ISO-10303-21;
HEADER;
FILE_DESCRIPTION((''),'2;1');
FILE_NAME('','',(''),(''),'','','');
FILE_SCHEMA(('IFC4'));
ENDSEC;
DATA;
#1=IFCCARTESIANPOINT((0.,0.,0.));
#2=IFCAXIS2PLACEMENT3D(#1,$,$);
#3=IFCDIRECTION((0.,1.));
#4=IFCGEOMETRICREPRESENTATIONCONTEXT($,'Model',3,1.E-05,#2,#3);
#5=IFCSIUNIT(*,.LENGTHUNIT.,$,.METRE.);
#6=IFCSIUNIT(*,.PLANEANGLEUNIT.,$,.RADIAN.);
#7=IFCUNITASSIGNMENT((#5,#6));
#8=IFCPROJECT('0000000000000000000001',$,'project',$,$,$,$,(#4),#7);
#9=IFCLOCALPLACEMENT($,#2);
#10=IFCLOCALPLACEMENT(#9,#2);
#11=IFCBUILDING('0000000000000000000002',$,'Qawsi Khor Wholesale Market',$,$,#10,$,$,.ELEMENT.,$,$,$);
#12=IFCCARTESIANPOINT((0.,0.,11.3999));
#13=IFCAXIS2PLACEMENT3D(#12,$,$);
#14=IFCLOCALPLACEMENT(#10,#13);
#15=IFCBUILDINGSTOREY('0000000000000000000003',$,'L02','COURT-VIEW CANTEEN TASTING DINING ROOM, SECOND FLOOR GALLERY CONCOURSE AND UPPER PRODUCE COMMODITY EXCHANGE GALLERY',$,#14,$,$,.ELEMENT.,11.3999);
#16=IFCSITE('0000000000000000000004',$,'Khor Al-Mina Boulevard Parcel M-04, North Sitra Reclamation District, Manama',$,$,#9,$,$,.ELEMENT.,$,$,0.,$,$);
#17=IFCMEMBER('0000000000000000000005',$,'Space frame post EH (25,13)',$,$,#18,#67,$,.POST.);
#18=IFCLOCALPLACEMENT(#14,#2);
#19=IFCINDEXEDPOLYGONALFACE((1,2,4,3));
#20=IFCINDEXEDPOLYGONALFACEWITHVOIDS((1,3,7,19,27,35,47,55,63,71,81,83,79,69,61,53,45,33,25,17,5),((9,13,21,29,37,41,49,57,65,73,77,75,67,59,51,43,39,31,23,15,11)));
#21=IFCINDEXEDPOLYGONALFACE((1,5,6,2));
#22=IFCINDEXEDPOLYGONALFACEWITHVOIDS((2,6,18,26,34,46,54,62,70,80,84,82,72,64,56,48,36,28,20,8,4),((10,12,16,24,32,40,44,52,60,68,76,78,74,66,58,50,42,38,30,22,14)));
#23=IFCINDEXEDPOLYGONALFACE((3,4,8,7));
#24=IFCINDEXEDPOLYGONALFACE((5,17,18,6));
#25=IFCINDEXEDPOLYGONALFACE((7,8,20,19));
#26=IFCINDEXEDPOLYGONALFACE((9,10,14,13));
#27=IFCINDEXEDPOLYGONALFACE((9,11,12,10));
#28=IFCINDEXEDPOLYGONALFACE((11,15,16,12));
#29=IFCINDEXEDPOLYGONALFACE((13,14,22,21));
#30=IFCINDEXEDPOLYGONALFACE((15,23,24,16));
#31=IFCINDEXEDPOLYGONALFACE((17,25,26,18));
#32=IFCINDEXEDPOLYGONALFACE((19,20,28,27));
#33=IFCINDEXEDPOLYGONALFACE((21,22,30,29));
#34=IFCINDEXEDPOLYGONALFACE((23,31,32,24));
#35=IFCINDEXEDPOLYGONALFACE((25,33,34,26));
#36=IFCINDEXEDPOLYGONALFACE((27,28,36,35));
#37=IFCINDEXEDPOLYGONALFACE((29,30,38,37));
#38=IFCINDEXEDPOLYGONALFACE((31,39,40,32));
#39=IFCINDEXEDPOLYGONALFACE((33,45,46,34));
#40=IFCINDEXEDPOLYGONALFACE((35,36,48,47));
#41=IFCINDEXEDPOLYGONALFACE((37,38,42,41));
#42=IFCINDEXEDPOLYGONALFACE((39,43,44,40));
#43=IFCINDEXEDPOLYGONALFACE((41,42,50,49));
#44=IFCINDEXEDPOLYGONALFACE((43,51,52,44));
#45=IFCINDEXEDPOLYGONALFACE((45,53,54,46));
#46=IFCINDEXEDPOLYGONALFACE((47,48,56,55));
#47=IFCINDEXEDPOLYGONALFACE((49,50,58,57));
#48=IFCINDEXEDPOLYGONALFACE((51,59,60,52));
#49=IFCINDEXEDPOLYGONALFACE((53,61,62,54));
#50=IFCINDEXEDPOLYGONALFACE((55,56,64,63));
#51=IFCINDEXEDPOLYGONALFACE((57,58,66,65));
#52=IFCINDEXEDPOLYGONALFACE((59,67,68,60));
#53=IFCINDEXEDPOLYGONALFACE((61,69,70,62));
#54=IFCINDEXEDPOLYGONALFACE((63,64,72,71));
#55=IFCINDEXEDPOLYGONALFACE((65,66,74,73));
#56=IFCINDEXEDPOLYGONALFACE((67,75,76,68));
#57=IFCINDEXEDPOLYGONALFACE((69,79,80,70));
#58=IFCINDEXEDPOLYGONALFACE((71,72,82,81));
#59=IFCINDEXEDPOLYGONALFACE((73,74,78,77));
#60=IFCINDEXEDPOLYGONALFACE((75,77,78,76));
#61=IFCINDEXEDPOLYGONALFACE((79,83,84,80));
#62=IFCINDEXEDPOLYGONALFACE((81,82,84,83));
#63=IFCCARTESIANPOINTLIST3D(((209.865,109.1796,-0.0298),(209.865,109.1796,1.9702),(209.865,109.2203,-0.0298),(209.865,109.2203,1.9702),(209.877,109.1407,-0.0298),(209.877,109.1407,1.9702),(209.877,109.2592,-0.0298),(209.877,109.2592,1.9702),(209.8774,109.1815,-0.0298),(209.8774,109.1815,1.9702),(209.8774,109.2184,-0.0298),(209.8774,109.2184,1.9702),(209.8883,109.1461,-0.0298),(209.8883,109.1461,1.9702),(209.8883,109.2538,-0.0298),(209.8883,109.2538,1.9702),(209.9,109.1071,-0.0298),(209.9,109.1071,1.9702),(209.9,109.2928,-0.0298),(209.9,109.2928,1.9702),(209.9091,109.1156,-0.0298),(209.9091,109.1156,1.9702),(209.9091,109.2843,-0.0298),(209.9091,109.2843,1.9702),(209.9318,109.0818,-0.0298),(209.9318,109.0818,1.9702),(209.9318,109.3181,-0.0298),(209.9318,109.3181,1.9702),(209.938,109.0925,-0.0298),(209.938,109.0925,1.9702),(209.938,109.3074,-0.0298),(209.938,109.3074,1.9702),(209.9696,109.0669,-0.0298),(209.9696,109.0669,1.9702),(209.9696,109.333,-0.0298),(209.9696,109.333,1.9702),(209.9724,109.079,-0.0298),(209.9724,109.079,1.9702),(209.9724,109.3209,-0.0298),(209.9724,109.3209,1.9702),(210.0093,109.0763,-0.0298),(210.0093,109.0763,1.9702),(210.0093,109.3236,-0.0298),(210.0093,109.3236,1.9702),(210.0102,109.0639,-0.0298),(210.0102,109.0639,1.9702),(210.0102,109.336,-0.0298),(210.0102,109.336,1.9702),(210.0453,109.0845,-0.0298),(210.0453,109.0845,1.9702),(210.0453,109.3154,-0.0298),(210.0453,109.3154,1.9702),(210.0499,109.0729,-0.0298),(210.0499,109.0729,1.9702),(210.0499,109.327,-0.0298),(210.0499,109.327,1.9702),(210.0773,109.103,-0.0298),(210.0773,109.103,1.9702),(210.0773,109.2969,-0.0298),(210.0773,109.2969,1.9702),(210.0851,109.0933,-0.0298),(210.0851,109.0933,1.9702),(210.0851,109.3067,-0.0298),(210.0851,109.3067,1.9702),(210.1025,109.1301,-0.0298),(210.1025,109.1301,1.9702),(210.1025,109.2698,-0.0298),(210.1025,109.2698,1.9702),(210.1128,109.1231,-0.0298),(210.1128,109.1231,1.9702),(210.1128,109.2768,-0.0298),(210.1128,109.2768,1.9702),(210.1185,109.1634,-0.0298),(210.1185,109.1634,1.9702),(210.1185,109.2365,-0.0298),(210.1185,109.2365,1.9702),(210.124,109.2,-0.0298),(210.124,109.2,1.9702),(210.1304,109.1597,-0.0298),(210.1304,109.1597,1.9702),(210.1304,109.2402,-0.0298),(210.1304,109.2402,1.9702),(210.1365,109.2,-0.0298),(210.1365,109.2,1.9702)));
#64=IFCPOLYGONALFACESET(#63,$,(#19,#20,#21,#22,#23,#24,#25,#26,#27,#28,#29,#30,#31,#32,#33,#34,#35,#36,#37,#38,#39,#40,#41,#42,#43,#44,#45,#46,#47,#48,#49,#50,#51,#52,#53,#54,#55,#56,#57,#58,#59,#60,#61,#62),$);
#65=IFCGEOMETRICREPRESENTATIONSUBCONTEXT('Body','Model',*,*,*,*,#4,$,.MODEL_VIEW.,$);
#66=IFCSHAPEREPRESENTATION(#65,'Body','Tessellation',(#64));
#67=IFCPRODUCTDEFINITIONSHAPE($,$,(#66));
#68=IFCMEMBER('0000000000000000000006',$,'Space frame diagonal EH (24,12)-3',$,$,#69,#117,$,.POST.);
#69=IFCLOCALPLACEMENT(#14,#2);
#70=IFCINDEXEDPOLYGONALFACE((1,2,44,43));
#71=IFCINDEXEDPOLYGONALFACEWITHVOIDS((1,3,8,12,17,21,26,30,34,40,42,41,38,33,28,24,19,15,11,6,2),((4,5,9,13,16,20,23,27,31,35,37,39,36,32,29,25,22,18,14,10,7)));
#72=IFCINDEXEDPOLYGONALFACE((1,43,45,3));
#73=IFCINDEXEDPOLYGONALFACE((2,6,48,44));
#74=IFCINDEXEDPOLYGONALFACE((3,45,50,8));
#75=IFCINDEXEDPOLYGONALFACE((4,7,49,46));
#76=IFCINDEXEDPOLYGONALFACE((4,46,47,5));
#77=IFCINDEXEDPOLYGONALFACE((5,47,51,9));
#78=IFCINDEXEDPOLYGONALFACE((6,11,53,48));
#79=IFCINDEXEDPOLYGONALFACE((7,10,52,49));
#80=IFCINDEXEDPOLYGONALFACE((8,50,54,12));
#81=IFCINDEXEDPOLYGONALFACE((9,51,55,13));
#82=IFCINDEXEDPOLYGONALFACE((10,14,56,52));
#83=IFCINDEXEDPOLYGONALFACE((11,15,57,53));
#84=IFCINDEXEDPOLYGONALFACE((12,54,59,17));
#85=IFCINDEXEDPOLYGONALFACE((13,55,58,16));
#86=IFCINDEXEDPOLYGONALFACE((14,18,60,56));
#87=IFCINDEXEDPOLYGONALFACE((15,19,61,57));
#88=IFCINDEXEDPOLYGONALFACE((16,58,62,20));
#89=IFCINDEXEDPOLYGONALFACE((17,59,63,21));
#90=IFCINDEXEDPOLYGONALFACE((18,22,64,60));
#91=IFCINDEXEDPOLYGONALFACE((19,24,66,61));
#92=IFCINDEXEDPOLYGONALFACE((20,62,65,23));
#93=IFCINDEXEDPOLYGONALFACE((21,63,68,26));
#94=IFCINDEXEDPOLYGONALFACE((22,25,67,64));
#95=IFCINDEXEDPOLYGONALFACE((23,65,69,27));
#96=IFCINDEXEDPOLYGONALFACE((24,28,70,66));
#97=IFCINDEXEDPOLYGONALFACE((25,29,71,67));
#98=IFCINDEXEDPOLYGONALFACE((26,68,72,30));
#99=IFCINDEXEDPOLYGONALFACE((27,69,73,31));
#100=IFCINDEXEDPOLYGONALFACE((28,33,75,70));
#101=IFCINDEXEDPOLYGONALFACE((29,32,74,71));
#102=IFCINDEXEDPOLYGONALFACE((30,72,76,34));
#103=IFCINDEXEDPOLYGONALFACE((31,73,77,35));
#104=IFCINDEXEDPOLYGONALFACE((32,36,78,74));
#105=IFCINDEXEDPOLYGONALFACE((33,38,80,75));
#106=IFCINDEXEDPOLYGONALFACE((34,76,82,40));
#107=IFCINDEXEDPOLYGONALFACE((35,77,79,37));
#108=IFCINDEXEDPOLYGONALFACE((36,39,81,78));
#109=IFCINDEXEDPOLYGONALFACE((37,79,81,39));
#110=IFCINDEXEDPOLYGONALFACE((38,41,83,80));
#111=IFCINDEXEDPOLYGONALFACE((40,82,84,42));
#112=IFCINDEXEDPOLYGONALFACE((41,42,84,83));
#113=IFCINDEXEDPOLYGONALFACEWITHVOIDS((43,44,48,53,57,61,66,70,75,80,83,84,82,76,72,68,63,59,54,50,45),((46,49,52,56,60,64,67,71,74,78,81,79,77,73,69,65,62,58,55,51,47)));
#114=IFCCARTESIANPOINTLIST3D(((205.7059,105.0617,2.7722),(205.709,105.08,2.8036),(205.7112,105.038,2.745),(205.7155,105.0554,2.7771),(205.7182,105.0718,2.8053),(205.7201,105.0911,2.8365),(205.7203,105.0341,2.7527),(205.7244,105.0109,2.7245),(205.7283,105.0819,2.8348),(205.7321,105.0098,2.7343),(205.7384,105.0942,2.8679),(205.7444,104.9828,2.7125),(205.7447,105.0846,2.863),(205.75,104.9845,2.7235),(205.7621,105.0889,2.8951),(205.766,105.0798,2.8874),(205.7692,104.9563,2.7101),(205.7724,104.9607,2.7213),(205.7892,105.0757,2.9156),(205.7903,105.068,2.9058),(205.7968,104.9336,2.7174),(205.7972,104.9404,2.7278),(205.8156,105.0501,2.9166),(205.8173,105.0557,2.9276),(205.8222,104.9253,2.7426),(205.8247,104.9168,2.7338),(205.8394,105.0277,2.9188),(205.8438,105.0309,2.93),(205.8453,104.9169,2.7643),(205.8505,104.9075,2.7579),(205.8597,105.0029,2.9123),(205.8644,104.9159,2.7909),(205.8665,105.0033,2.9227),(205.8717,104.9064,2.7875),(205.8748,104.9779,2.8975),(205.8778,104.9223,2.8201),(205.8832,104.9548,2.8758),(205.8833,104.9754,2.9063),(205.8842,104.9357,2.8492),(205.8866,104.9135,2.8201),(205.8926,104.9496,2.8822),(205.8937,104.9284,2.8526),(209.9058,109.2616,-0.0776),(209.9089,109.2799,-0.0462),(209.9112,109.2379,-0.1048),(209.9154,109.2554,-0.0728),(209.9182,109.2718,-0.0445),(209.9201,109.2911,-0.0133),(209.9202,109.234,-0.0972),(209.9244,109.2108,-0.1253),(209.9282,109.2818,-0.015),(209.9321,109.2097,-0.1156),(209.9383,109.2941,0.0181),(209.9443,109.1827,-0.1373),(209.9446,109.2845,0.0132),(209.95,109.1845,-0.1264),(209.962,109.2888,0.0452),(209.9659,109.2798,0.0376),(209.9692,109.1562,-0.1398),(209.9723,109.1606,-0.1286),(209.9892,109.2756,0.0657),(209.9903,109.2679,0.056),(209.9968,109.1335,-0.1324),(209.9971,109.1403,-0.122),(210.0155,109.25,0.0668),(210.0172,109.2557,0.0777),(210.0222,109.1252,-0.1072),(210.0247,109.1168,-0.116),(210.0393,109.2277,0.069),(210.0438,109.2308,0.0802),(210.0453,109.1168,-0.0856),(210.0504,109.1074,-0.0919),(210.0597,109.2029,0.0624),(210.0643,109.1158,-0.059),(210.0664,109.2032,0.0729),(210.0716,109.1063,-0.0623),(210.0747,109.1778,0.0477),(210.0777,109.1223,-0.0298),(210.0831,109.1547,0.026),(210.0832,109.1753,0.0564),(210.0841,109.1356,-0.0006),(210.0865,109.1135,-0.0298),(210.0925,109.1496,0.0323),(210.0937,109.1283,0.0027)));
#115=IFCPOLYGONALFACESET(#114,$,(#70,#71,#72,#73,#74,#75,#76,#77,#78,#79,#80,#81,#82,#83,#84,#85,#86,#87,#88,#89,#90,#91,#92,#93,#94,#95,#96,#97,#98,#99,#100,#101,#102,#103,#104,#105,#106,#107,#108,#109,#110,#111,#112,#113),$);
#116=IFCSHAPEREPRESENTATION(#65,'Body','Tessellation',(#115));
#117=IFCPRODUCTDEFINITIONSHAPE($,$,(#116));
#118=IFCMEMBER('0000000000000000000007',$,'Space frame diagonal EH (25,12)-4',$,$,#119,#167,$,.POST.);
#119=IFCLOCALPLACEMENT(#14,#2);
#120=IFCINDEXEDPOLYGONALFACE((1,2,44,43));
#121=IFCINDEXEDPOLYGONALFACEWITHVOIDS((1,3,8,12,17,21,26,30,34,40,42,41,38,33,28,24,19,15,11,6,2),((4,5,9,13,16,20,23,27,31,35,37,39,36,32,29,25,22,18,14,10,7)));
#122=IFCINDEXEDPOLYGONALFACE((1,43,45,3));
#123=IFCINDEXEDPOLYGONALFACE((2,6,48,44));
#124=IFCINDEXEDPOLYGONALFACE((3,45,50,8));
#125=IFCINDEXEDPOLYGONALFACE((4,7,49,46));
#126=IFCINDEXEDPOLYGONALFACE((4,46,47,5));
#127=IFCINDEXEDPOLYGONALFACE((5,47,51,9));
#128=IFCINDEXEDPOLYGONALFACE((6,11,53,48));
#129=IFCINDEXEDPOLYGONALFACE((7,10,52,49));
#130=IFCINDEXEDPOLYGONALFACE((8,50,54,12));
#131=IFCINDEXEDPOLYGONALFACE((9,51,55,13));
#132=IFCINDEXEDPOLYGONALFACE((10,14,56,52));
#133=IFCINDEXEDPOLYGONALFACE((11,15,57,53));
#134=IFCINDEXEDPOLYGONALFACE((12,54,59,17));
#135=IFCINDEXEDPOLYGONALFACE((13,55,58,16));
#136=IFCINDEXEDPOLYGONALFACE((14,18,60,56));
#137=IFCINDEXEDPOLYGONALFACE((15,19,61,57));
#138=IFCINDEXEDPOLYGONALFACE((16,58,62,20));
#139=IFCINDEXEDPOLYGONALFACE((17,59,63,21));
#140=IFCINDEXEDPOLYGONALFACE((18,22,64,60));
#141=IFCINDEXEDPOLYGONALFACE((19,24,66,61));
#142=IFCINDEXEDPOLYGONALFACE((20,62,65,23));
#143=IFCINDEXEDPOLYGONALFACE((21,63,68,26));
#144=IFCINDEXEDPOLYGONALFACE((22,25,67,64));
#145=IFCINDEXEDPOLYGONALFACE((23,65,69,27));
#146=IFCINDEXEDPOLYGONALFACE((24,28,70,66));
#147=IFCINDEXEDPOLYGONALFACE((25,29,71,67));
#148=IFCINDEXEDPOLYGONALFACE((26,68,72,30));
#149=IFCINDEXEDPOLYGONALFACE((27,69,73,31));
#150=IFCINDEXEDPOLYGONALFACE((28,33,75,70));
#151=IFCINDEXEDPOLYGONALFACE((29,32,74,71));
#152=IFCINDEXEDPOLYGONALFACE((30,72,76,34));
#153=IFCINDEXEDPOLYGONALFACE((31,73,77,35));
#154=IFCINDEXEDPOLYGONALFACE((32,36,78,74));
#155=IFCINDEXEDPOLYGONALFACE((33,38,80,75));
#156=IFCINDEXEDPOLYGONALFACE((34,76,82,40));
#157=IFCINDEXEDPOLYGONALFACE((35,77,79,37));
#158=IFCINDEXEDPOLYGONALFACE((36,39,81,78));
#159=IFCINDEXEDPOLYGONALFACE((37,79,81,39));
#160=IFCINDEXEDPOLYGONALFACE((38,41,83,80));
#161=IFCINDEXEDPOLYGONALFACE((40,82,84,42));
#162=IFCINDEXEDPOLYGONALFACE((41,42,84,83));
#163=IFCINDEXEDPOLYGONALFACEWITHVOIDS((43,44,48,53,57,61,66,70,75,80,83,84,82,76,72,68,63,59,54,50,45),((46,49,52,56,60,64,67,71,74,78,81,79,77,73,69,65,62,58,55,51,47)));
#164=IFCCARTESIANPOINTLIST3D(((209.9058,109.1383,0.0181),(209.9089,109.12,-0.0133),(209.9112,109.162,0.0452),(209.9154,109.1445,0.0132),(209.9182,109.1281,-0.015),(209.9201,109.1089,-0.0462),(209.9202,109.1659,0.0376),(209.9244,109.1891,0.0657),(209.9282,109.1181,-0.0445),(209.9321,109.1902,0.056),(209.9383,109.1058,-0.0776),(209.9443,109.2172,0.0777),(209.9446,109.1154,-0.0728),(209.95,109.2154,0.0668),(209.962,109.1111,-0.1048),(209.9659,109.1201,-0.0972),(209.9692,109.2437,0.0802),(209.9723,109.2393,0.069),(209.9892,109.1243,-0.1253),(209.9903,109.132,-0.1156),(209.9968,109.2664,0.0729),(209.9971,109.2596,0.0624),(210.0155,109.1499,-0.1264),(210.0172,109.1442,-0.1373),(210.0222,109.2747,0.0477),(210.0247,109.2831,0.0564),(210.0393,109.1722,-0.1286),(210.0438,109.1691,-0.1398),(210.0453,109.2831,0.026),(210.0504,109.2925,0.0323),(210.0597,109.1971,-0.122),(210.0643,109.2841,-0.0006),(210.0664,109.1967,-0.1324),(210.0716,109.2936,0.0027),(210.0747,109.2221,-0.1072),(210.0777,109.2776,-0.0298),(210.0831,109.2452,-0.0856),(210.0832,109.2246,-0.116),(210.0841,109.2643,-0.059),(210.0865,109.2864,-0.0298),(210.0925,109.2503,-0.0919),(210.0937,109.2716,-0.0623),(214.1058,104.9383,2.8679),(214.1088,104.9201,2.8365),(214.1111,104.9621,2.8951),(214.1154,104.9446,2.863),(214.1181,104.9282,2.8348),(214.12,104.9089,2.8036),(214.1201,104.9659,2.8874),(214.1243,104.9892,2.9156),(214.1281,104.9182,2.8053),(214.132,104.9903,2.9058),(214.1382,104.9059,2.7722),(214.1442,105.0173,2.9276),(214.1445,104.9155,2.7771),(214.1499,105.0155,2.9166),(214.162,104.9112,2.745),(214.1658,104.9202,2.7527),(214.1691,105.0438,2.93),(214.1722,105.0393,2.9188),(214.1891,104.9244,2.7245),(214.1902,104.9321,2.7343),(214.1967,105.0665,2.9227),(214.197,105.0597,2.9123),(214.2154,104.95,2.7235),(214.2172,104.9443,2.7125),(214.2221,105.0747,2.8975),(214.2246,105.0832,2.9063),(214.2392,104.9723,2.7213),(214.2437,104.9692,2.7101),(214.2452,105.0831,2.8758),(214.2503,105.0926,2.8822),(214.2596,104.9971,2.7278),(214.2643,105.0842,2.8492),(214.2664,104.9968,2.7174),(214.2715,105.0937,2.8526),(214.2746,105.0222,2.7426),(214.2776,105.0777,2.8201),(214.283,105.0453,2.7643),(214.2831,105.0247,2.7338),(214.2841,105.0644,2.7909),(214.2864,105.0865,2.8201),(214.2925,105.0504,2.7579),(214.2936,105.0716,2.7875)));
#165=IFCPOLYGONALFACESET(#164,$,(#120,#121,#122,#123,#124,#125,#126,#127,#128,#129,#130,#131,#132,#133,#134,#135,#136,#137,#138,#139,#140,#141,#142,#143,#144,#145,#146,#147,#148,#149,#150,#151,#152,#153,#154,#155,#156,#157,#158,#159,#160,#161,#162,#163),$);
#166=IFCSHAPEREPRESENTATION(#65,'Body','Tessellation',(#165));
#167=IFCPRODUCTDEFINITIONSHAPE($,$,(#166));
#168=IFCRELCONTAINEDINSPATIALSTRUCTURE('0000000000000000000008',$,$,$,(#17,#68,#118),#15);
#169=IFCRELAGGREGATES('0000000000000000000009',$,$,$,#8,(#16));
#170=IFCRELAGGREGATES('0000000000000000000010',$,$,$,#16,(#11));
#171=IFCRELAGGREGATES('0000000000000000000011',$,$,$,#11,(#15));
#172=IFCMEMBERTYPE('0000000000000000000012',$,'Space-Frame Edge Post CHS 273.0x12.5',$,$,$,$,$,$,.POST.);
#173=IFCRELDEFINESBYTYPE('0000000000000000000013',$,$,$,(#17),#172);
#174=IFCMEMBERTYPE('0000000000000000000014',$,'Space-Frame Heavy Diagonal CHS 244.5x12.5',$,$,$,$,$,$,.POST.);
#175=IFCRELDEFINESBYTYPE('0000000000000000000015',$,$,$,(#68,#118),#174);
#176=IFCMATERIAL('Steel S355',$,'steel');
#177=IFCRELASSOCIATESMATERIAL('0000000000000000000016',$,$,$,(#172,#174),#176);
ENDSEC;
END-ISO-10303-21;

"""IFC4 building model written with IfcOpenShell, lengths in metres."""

from ifc_helpers import new_model, si_unit, direction, frame, origin, origin_2d, place, context, subcontext, project, spatial, hollow_circle, extrude, material, material_profile, profile_set, type_object, element, save


model = new_model("IFC4")

# Units and contexts
model_context = context("Model", 3, precision=1e-05, world=origin(), true_north=direction((0.0, 1.0)))
body_context = subcontext(model_context, "Body", "Model", "MODEL_VIEW")
ifc_project = project(units=[si_unit("LENGTHUNIT", "METRE"), si_unit("PLANEANGLEUNIT", "RADIAN")], contexts=[model_context])

# Site, building, storey
site_placement = place(None, origin())
site = spatial("IfcSite", under=ifc_project, at=site_placement, Name="Khor Al-Mina Boulevard Parcel M-04, North Sitra Reclamation District, Manama", CompositionType="ELEMENT", RefElevation=0.0)
building_placement = place(site_placement, origin())
building = spatial("IfcBuilding", under=site, at=building_placement, Name="Qawsi Khor Wholesale Market", CompositionType="ELEMENT")
storey_placement = place(building_placement, frame((0.0, 0.0, 11.3999)))
storey = spatial("IfcBuildingStorey", under=building, at=storey_placement, Name="L02", Description="COURT-VIEW CANTEEN TASTING DINING ROOM, SECOND FLOOR GALLERY CONCOURSE AND UPPER PRODUCE COMMODITY EXCHANGE GALLERY", CompositionType="ELEMENT", Elevation=11.3999)

# Members
ifc_material_1 = material(Name="Steel S355", Category="steel")
ifc_material_profile_1 = material_profile(ifc_material_1, hollow_circle(Radius=0.1365, WallThickness=0.0125, at=origin_2d()), Name="CHS 273.0x12.5")
ifc_profile_set_1 = profile_set([ifc_material_profile_1], Name="Steel S355")
member_type_1 = type_object("IfcMemberType", Name="Space-Frame Edge Post CHS 273.0x12.5", PredefinedType="POST", material=ifc_profile_set_1)
member_1_placement = place(storey_placement, frame((210.0, 109.2, -0.0298), z_axis=(0.0, 0.0, 1.0), x_axis=(1.0, 0.0, 0.0)))
element("IfcMember", 1, at=member_1_placement, inside=storey, type_object=member_type_1, Name="Space frame post EH (25,13)", PredefinedType="POST", context=body_context, shape_type="SweptSolid", body=[
    extrude(hollow_circle(Radius=0.1365, WallThickness=0.0125, at=origin_2d()), origin(), (0.0, 0.0, 1.0), 2.0),
])
ifc_material_profile_2 = material_profile(ifc_material_1, hollow_circle(Radius=0.1223, WallThickness=0.0125, at=origin_2d()), Name="CHS 244.5x12.5")
ifc_profile_set_2 = profile_set([ifc_material_profile_2], Name="Steel S355")
member_type_2 = type_object("IfcMemberType", Name="Space-Frame Heavy Diagonal CHS 244.5x12.5", PredefinedType="POST", material=ifc_profile_set_2)
for number, where, z_axis, x_axis, name in (
    (2, (210.0, 109.2, -0.0298), (-0.637522, -0.637522, 0.432587), (0.707107, -0.707107, 0.0), "Space frame diagonal EH (24,12)-3"),
    (3, (210.0, 109.2, -0.0298), (0.637522, -0.637522, 0.432587), (0.707107, 0.707107, 0.0), "Space frame diagonal EH (25,12)-4"),
):
    element("IfcMember", number, at=place(storey_placement, frame(where, z_axis=z_axis, x_axis=x_axis)), inside=storey, type_object=member_type_2, Name=name, PredefinedType="POST", context=body_context, shape_type="SweptSolid", body=[
        extrude(hollow_circle(Radius=0.1223, WallThickness=0.0125, at=origin_2d()), origin(), (0.0, 0.0, 1.0), 6.5879),
    ])

save(model, "model.ifc")
